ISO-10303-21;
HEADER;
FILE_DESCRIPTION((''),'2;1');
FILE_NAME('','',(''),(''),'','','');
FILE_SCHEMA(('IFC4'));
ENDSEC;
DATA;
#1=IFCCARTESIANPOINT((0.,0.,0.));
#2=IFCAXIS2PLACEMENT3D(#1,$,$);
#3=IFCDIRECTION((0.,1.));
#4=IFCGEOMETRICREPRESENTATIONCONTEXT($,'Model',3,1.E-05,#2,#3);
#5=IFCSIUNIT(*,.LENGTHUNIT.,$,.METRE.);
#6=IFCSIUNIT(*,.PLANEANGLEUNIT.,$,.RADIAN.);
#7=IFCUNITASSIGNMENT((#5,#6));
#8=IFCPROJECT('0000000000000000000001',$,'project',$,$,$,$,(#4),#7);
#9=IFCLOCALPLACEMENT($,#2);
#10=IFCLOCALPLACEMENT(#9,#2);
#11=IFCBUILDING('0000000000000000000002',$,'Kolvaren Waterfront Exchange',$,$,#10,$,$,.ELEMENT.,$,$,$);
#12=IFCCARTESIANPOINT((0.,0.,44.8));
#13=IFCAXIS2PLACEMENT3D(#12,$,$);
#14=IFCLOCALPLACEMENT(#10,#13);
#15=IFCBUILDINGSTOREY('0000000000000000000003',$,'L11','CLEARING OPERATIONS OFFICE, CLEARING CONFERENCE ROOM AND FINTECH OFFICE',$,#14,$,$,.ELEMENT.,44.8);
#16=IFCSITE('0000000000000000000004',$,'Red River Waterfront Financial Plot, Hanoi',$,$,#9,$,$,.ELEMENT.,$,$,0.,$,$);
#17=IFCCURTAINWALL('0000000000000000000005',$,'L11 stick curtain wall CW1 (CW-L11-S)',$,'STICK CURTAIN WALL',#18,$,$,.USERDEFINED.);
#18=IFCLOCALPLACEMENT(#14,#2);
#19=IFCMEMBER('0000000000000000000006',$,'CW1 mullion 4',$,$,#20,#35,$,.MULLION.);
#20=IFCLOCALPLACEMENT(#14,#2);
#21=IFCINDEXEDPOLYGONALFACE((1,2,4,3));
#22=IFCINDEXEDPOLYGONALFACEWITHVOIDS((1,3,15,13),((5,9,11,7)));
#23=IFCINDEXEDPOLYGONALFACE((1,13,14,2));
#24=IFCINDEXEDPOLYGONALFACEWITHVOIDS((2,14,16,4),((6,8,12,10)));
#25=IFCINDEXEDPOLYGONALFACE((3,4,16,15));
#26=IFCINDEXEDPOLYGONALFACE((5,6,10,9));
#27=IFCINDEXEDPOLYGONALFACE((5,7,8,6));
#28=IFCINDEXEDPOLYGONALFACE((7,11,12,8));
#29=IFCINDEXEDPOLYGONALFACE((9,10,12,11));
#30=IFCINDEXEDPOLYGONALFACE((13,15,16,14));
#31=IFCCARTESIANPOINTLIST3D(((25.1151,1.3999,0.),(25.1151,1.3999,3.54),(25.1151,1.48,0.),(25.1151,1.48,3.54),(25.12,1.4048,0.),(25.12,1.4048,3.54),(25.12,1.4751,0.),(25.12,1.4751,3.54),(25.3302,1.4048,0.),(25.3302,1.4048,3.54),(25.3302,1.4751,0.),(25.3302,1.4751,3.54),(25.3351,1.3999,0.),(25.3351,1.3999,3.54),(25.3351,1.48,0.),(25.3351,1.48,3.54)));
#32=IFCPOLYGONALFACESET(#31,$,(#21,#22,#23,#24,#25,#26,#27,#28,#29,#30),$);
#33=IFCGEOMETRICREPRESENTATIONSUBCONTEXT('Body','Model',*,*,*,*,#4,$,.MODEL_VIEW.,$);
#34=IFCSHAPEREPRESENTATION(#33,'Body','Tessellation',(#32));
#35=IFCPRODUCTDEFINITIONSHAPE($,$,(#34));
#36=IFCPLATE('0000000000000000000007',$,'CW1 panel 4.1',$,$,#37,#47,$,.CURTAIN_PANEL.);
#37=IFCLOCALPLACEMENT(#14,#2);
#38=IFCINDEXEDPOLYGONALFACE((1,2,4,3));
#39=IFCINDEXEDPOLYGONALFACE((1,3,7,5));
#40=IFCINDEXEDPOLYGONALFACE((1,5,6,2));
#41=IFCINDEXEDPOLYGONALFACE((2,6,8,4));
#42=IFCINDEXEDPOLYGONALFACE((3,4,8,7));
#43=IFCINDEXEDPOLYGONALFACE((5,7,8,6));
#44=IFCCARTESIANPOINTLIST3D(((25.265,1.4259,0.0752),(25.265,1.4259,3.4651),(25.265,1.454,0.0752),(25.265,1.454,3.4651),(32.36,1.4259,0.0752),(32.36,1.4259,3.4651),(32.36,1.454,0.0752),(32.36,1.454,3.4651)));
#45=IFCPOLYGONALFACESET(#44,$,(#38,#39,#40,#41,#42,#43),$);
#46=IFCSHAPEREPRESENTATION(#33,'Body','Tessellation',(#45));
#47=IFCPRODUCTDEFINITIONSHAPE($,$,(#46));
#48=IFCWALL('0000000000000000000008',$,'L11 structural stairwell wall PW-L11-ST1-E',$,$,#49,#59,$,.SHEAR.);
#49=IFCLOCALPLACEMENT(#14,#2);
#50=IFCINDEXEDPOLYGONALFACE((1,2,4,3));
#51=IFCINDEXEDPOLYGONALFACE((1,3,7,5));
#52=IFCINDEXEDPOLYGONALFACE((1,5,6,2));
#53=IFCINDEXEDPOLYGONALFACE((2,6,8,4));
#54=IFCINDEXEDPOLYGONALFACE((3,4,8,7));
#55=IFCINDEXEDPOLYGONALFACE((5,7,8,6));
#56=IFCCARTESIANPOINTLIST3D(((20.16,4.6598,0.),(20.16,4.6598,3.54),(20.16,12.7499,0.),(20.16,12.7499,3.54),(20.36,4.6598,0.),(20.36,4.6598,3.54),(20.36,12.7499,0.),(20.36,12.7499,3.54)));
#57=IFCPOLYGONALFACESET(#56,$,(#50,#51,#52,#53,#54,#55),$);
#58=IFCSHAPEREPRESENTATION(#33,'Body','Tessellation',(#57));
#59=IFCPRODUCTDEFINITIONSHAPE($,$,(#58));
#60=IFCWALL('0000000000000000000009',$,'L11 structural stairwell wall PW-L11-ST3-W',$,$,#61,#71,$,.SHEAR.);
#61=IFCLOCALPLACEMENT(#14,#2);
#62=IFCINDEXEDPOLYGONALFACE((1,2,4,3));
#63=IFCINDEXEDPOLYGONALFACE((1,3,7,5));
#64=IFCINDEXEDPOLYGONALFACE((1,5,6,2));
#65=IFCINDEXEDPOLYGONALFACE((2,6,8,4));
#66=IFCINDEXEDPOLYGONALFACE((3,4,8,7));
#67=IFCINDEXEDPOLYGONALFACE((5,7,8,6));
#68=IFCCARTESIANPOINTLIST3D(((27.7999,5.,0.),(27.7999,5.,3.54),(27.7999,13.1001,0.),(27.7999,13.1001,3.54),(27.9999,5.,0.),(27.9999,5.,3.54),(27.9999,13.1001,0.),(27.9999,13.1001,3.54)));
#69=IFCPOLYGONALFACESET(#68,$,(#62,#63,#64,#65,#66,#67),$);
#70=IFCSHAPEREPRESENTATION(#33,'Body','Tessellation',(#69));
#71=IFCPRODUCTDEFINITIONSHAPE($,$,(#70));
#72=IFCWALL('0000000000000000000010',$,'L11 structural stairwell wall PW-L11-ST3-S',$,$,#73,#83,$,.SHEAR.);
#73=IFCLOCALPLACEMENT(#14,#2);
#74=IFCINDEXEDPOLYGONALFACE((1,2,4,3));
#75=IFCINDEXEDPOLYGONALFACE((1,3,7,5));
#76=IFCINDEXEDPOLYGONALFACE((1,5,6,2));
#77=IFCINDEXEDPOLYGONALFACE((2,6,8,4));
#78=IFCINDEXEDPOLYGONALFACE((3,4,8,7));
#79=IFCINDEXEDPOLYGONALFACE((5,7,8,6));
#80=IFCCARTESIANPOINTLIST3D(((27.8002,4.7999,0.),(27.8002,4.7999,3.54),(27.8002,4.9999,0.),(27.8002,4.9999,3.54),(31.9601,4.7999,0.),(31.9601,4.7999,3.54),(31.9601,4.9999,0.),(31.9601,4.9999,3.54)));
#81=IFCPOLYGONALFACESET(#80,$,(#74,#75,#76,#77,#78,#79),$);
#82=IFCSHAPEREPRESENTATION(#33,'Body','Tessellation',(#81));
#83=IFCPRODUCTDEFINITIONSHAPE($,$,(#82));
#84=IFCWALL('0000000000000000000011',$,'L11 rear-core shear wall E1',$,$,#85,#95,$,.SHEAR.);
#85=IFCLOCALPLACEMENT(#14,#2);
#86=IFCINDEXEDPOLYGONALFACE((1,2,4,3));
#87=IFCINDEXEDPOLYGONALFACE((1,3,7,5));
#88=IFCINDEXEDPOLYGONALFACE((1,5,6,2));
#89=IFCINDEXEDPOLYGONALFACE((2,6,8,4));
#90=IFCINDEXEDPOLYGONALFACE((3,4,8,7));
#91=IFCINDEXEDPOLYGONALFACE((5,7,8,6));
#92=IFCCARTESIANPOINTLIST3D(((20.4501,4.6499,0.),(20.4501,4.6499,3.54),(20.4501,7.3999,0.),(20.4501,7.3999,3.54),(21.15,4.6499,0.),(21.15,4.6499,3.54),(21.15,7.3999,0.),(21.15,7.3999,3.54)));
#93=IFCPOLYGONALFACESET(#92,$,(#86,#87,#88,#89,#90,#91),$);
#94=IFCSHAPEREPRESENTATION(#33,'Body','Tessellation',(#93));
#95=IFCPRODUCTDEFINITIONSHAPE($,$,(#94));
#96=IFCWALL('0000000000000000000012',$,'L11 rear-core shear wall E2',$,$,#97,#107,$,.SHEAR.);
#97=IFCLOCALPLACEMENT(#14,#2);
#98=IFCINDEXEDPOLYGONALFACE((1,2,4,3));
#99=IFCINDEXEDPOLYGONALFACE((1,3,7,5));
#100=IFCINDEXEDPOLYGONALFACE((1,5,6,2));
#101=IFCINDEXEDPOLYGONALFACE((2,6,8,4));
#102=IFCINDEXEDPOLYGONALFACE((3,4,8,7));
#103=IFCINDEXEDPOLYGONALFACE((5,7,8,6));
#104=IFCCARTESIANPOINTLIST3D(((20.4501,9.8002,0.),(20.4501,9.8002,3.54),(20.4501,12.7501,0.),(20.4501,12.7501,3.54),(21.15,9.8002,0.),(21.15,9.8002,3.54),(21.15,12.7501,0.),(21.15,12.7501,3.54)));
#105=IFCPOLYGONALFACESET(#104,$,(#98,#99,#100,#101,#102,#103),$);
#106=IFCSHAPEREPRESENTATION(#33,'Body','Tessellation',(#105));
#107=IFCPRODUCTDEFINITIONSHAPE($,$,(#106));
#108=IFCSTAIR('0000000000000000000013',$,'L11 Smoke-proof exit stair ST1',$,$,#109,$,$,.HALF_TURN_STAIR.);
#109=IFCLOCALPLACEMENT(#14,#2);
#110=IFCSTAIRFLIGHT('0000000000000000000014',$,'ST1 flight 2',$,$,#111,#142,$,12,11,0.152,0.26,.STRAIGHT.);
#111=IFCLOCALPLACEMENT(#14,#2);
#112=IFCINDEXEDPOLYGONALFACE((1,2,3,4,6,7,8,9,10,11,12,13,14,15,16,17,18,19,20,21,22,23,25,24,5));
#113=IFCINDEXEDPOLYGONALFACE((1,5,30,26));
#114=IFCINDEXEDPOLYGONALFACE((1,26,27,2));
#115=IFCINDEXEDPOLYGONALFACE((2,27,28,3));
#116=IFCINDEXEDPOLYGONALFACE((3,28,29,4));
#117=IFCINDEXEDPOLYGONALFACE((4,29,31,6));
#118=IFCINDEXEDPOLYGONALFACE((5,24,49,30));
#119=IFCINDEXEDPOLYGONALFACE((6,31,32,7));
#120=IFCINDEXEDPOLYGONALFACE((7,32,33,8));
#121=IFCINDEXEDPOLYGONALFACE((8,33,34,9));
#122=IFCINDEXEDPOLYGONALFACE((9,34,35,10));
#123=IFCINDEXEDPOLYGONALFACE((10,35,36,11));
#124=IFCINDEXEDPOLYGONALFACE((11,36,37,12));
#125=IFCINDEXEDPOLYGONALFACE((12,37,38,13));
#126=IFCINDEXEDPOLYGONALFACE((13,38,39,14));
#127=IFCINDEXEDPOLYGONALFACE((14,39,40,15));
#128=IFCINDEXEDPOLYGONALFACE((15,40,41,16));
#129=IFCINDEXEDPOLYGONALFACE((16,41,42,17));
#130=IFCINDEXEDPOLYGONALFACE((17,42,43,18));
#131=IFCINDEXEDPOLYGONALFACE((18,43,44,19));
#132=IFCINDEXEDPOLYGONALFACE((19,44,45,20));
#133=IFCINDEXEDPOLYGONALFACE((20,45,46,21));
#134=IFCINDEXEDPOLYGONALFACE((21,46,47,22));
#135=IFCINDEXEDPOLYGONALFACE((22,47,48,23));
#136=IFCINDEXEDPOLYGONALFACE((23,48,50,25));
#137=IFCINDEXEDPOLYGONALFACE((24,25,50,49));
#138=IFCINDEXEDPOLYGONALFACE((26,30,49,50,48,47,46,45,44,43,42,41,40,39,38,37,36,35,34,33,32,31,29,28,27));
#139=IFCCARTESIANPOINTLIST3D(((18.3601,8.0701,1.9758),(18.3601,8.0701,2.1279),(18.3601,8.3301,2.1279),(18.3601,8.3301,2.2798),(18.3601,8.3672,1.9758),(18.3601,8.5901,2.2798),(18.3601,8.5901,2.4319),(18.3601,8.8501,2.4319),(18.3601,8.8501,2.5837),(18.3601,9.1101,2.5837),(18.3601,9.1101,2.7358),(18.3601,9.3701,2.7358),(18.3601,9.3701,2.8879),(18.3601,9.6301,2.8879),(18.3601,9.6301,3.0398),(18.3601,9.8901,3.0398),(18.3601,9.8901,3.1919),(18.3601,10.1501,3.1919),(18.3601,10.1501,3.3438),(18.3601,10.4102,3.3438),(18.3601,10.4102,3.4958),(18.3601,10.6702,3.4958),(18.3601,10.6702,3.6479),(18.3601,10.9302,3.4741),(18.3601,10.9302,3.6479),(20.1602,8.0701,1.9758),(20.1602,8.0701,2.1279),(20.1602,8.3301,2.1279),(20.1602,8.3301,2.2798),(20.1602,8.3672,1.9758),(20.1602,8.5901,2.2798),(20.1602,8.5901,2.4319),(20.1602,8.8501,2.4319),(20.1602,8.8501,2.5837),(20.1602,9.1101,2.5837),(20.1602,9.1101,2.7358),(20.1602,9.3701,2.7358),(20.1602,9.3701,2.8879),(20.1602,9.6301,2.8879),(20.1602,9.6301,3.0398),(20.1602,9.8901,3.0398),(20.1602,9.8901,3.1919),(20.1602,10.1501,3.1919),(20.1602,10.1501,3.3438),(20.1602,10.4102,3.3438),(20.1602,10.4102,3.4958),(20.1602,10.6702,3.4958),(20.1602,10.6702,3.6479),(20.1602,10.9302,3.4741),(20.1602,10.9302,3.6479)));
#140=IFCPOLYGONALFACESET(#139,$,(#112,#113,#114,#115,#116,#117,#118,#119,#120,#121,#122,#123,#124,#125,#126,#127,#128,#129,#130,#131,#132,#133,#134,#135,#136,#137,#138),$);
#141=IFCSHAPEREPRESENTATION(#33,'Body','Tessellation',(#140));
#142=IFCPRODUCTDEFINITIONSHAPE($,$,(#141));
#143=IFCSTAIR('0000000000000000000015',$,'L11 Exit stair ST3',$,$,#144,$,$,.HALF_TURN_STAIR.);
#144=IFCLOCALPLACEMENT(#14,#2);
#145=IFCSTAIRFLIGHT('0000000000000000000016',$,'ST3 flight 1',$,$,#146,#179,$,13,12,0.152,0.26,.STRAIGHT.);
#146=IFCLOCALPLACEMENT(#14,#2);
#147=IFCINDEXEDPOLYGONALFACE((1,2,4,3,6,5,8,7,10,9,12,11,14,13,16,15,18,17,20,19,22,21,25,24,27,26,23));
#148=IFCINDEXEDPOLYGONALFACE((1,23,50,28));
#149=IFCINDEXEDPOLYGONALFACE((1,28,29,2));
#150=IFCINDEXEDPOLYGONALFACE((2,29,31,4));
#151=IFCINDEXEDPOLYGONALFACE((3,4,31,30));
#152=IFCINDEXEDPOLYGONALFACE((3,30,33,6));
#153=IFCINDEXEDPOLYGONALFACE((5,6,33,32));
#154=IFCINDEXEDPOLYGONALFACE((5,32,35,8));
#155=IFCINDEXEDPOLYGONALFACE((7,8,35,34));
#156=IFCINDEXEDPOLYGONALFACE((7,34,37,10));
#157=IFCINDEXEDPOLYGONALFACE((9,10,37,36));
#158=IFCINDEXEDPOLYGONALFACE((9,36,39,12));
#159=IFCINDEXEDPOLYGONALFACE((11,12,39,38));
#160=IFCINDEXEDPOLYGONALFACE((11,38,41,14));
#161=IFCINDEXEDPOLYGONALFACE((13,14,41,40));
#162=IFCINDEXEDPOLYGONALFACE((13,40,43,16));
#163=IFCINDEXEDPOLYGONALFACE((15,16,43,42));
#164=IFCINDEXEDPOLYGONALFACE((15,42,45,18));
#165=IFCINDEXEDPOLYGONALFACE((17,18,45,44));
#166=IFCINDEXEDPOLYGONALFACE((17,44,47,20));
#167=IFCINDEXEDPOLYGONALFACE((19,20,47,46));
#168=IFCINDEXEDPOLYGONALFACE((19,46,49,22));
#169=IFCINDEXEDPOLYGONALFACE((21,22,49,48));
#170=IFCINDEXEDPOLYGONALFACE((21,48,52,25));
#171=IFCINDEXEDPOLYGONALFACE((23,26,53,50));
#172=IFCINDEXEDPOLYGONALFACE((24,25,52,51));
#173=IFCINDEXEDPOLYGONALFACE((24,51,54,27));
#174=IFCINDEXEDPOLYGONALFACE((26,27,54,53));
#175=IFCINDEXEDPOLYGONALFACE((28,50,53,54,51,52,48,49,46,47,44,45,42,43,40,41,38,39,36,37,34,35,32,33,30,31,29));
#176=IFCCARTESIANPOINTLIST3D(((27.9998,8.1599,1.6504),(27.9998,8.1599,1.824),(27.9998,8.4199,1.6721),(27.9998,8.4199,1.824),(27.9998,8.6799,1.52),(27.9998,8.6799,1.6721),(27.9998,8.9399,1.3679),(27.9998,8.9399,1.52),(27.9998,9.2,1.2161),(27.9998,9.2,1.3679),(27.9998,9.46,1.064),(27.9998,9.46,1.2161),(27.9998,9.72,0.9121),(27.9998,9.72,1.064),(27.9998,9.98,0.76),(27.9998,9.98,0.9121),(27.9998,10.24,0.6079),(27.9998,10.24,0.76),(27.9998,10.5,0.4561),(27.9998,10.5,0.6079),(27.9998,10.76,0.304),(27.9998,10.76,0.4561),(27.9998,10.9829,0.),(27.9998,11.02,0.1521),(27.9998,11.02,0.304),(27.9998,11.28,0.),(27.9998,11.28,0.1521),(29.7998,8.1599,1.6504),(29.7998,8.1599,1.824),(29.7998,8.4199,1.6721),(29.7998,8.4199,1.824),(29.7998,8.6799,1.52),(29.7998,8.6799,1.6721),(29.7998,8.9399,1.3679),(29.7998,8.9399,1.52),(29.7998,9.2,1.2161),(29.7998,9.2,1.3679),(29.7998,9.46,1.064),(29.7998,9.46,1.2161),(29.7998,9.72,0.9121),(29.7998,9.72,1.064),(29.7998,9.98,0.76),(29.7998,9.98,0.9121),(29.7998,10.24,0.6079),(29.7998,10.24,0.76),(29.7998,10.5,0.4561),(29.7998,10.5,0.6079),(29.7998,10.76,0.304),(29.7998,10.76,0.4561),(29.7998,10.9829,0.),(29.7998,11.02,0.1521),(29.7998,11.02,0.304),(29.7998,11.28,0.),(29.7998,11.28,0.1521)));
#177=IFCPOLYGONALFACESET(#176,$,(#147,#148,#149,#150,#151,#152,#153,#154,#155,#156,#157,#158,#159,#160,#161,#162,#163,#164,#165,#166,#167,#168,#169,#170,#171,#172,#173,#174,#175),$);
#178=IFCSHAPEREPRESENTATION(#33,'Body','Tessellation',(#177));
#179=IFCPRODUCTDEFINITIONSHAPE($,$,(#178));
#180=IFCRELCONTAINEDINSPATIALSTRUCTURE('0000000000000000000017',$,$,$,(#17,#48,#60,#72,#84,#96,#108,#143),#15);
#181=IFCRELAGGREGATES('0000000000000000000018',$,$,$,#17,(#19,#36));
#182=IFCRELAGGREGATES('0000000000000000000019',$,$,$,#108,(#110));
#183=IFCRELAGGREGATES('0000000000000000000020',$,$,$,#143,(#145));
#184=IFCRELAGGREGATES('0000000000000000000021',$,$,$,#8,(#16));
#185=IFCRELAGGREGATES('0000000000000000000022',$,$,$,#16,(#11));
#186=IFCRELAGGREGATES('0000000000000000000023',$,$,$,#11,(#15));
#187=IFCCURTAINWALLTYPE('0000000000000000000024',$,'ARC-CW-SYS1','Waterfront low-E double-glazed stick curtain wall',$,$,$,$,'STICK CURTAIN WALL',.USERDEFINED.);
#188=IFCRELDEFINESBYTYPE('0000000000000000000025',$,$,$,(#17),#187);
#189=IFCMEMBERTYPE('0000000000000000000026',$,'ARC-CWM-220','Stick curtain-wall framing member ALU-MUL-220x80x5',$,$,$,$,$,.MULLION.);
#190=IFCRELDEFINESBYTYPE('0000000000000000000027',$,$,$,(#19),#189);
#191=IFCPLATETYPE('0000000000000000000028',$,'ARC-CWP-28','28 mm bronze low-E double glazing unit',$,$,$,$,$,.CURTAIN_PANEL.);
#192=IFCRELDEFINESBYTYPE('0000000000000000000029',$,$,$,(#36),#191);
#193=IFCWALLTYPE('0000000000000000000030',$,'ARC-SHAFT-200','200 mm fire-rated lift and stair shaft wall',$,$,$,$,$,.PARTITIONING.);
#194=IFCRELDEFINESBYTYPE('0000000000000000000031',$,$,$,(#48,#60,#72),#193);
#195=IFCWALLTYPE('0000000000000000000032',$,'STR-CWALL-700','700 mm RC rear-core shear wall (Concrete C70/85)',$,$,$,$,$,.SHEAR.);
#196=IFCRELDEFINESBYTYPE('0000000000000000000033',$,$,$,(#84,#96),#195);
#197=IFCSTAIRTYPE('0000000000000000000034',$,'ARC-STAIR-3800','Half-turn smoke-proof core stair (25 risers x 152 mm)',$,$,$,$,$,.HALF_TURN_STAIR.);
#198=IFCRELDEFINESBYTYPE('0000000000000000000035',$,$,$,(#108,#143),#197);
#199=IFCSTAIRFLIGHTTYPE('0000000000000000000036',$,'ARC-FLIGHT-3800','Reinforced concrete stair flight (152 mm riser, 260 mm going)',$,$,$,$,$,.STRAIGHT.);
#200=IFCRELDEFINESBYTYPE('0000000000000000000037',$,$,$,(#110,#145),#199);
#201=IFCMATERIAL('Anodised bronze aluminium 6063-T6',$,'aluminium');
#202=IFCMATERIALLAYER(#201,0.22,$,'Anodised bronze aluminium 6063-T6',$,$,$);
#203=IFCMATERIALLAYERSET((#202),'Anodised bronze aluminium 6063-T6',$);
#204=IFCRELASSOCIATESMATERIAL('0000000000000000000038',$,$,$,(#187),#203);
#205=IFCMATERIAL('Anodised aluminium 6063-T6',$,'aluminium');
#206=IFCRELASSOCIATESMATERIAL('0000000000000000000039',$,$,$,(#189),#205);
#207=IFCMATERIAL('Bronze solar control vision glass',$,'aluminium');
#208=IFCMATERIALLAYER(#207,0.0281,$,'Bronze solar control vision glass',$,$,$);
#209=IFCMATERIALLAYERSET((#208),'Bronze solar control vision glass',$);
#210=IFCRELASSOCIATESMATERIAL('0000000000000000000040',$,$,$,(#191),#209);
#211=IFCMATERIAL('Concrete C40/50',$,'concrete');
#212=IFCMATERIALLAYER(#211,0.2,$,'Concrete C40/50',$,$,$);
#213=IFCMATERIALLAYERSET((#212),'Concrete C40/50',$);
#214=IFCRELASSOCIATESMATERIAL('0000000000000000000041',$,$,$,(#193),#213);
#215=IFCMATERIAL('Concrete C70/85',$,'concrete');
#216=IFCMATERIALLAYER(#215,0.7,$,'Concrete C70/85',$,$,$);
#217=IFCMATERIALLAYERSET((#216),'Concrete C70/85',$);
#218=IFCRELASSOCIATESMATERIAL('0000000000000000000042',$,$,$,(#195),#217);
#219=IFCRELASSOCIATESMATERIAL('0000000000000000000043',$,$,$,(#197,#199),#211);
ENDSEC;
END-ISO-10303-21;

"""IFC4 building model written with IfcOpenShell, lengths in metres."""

from ifc_helpers import new_model, si_unit, direction, frame, frame_2d, origin, origin_with_axes, origin_2d, place, context, subcontext, project, spatial, polyline, rectangle, hollow_rectangle, outline, extrude, source, transform, mapped, material, layer, layer_set, material_profile, profile_set, type_object, element, aggregate, save


model = new_model("IFC4")

# Units and contexts
model_context = context("Model", 3, precision=1e-05, world=origin(), true_north=direction((0.0, 1.0)))
body_context = subcontext(model_context, "Body", "Model", "MODEL_VIEW")
ifc_project = project(units=[si_unit("LENGTHUNIT", "METRE"), si_unit("PLANEANGLEUNIT", "RADIAN")], contexts=[model_context])

# Site, building, storey
site_placement = place(None, origin())
site = spatial("IfcSite", under=ifc_project, at=site_placement, Name="Red River Waterfront Financial Plot, Hanoi", CompositionType="ELEMENT", RefElevation=0.0)
building_placement = place(site_placement, origin())
building = spatial("IfcBuilding", under=site, at=building_placement, Name="Kolvaren Waterfront Exchange", CompositionType="ELEMENT")
storey_placement = place(building_placement, frame((0.0, 0.0, 44.8)))
storey = spatial("IfcBuildingStorey", under=building, at=storey_placement, Name="L11", Description="CLEARING OPERATIONS OFFICE, CLEARING CONFERENCE ROOM AND FINTECH OFFICE", CompositionType="ELEMENT", Elevation=44.8)

# Shared definitions
ifc_material_1 = material(Name="Concrete C70/85", Category="concrete")

# Curtain wall, member, plate
ifc_material_2 = material(Name="Anodised bronze aluminium 6063-T6", Category="aluminium")
ifc_layer_1 = layer(ifc_material_2, 0.22, Name="Anodised bronze aluminium 6063-T6")
ifc_layer_set_1 = layer_set([ifc_layer_1], Name="Anodised bronze aluminium 6063-T6")
curtain_wall_type = type_object("IfcCurtainWallType", Name="ARC-CW-SYS1", Description="Waterfront low-E double-glazed stick curtain wall", ElementType="STICK CURTAIN WALL", PredefinedType="USERDEFINED", material=ifc_layer_set_1)
curtain_wall_placement = place(storey_placement, origin())
curtain_wall = element("IfcCurtainWall", 1, at=curtain_wall_placement, inside=storey, type_object=curtain_wall_type, Name="L11 stick curtain wall CW1 (CW-L11-S)", ObjectType="STICK CURTAIN WALL", PredefinedType="USERDEFINED")
ifc_material_3 = material(Name="Anodised aluminium 6063-T6", Category="aluminium")
ifc_material_profile_1 = material_profile(ifc_material_3, hollow_rectangle(XDim=0.0801, YDim=0.22, WallThickness=0.0049, at=origin_2d()), Name="ALU-MUL-220x80x5")
ifc_profile_set_1 = profile_set([ifc_material_profile_1], Name="Anodised aluminium 6063-T6")
member_type_1 = type_object("IfcMemberType", Name="ARC-CWM-220", Description="Stick curtain-wall framing member ALU-MUL-220x80x5", PredefinedType="MULLION", material=ifc_profile_set_1)
shared_shape_1 = source(origin_with_axes(), body_context, "Body", "SweptSolid", [
    extrude(hollow_rectangle(XDim=0.0801, YDim=0.22, WallThickness=0.0049, at=origin_2d()), origin(), (0.0, 0.0, 1.0), 3.54),
])
member_1_placement = place(storey_placement, frame((25.2251, 1.4399, 0.0), z_axis=(0.0, 0.0, 1.0), x_axis=(0.0, 1.0, 0.0)))
member_1 = element("IfcMember", 2, at=member_1_placement, type_object=member_type_1, Name="CW1 mullion 4", PredefinedType="MULLION", context=body_context, shape_type="MappedRepresentation", body=[
    mapped(shared_shape_1, transform((0.0, 0.0, 0.0), x_axis=(1.0, 0.0, 0.0), y_axis=(0.0, 1.0, 0.0), z_axis=(0.0, 0.0, 1.0), scale=1.0)),
])
ifc_material_4 = material(Name="Bronze solar control vision glass", Category="aluminium")
ifc_layer_2 = layer(ifc_material_4, 0.0281, Name="Bronze solar control vision glass")
ifc_layer_set_2 = layer_set([ifc_layer_2], Name="Bronze solar control vision glass")
plate_type = type_object("IfcPlateType", Name="ARC-CWP-28", Description="28 mm bronze low-E double glazing unit", PredefinedType="CURTAIN_PANEL", material=ifc_layer_set_2)
shared_shape_2 = source(origin_with_axes(), body_context, "Body", "SweptSolid", [
    extrude(rectangle(XDim=7.095, YDim=0.0281, at=origin_2d()), origin(), (0.0, 0.0, 1.0), 3.3899),
])
plate_placement = place(storey_placement, frame((28.8125, 1.4399, 0.0752), z_axis=(0.0, 0.0, 1.0), x_axis=(1.0, 0.0, 0.0)))
plate = element("IfcPlate", 3, at=plate_placement, type_object=plate_type, Name="CW1 panel 4.1", PredefinedType="CURTAIN_PANEL", context=body_context, shape_type="MappedRepresentation", body=[
    mapped(shared_shape_2, transform((0.0, 0.0, 0.0), x_axis=(1.0, 0.0, 0.0), y_axis=(0.0, 1.0, 0.0), z_axis=(0.0, 0.0, 1.0), scale=1.0)),
])
aggregate(curtain_wall, [member_1, plate])

# Walls
ifc_material_5 = material(Name="Concrete C40/50", Category="concrete")
ifc_layer_3 = layer(ifc_material_5, 0.2, Name="Concrete C40/50")
ifc_layer_set_3 = layer_set([ifc_layer_3], Name="Concrete C40/50")
wall_type_1 = type_object("IfcWallType", Name="ARC-SHAFT-200", Description="200 mm fire-rated lift and stair shaft wall", PredefinedType="PARTITIONING", material=ifc_layer_set_3)
wall_1_placement = place(storey_placement, frame((20.26, 4.6599, 0.0), z_axis=(0.0, 0.0, 1.0), x_axis=(0.0, 1.0, 0.0)))
element("IfcWall", 4, at=wall_1_placement, inside=storey, type_object=wall_type_1, Name="L11 structural stairwell wall PW-L11-ST1-E", PredefinedType="SHEAR", context=body_context, shape_type="SweptSolid", body=[
    extrude(rectangle(XDim=8.0901, YDim=0.2, at=frame_2d((4.0449, 0.0))), origin(), (0.0, 0.0, 1.0), 3.54),
])
wall_2_placement = place(storey_placement, frame((27.8999, 5.0, 0.0), z_axis=(0.0, 0.0, 1.0), x_axis=(0.0, 1.0, 0.0)))
element("IfcWall", 5, at=wall_2_placement, inside=storey, type_object=wall_type_1, Name="L11 structural stairwell wall PW-L11-ST3-W", PredefinedType="SHEAR", context=body_context, shape_type="SweptSolid", body=[
    extrude(rectangle(XDim=8.1001, YDim=0.2, at=frame_2d((4.05, 0.0))), origin(), (0.0, 0.0, 1.0), 3.54),
])
wall_3_placement = place(storey_placement, frame((27.8, 4.8999, 0.0), z_axis=(0.0, 0.0, 1.0), x_axis=(1.0, 0.0, 0.0)))
element("IfcWall", 6, at=wall_3_placement, inside=storey, type_object=wall_type_1, Name="L11 structural stairwell wall PW-L11-ST3-S", PredefinedType="SHEAR", context=body_context, shape_type="SweptSolid", body=[
    extrude(rectangle(XDim=4.1599, YDim=0.2, at=frame_2d((2.0801, 0.0))), origin(), (0.0, 0.0, 1.0), 3.54),
])
ifc_layer_4 = layer(ifc_material_1, 0.7, Name="Concrete C70/85")
ifc_layer_set_4 = layer_set([ifc_layer_4], Name="Concrete C70/85")
wall_type_2 = type_object("IfcWallType", Name="STR-CWALL-700", Description="700 mm RC rear-core shear wall (Concrete C70/85)", PredefinedType="SHEAR", material=ifc_layer_set_4)
wall_4_placement = place(storey_placement, frame((20.8, 4.6499, 0.0), z_axis=(0.0, 0.0, 1.0), x_axis=(0.0, 1.0, 0.0)))
element("IfcWall", 7, at=wall_4_placement, inside=storey, type_object=wall_type_2, Name="L11 rear-core shear wall E1", PredefinedType="SHEAR", context=body_context, shape_type="SweptSolid", body=[
    extrude(rectangle(XDim=2.75, YDim=0.7, at=frame_2d((1.375, 0.0))), origin(), (0.0, 0.0, 1.0), 3.54),
])
wall_5_placement = place(storey_placement, frame((20.8, 9.8, 0.0), z_axis=(0.0, 0.0, 1.0), x_axis=(0.0, 1.0, 0.0)))
element("IfcWall", 8, at=wall_5_placement, inside=storey, type_object=wall_type_2, Name="L11 rear-core shear wall E2", PredefinedType="SHEAR", context=body_context, shape_type="SweptSolid", body=[
    extrude(rectangle(XDim=2.95, YDim=0.7, at=frame_2d((1.4751, 0.0))), origin(), (0.0, 0.0, 1.0), 3.54),
])

# Stairs, stair flights
stair_type = type_object("IfcStairType", Name="ARC-STAIR-3800", Description="Half-turn smoke-proof core stair (25 risers x 152 mm)", PredefinedType="HALF_TURN_STAIR", material=ifc_material_5)
stair_1_placement = place(storey_placement, origin())
stair_1 = element("IfcStair", 9, at=stair_1_placement, inside=storey, type_object=stair_type, Name="L11 Smoke-proof exit stair ST1", PredefinedType="HALF_TURN_STAIR")
stair_flight_type = type_object("IfcStairFlightType", Name="ARC-FLIGHT-3800", Description="Reinforced concrete stair flight (152 mm riser, 260 mm going)", PredefinedType="STRAIGHT", material=ifc_material_5)
stair_flight_1_placement = place(storey_placement, frame((19.26, 8.0701, 1.9758), z_axis=(0.0, 0.0, 1.0), x_axis=(0.0, 1.0, 0.0)))
stair_flight_1 = element("IfcStairFlight", 10, at=stair_flight_1_placement, type_object=stair_flight_type, Name="ST1 flight 2", NumberOfRisers=12, NumberOfTreads=11, PredefinedType="STRAIGHT", RiserHeight=0.152, TreadLength=0.26, context=body_context, shape_type="SweptSolid", body=[
    extrude(outline(polyline([(0.0, 0.0), (0.0, 0.1521), (0.26, 0.1521), (0.26, 0.304), (0.52, 0.304), (0.52, 0.4561), (0.78, 0.4561), (0.78, 0.6079), (1.04, 0.6079), (1.04, 0.76), (1.3, 0.76), (1.3, 0.9121), (1.5601, 0.9121), (1.5601, 1.064), (1.8201, 1.064), (1.8201, 1.2161), (2.0801, 1.2161), (2.0801, 1.3679), (2.3401, 1.3679), (2.3401, 1.52), (2.6001, 1.52), (2.6001, 1.6721), (2.8601, 1.6721), (2.8601, 1.824), (2.8601, 1.4983), (0.2971, 0.0), (0.0, 0.0)])), frame((0.0, 0.8999, 0.0), z_axis=(0.0, -1.0, 0.0), x_axis=(1.0, 0.0, 0.0)), (0.0, 0.0, 1.0), 1.8),
])
aggregate(stair_1, [stair_flight_1])
stair_2_placement = place(storey_placement, origin())
stair_2 = element("IfcStair", 11, at=stair_2_placement, inside=storey, type_object=stair_type, Name="L11 Exit stair ST3", PredefinedType="HALF_TURN_STAIR")
stair_flight_2_placement = place(storey_placement, frame((28.8999, 11.28, 0.0), z_axis=(0.0, 0.0, 1.0), x_axis=(0.0, -1.0, 0.0)))
stair_flight_2 = element("IfcStairFlight", 12, at=stair_flight_2_placement, type_object=stair_flight_type, Name="ST3 flight 1", NumberOfRisers=13, NumberOfTreads=12, PredefinedType="STRAIGHT", RiserHeight=0.152, TreadLength=0.26, context=body_context, shape_type="SweptSolid", body=[
    extrude(outline(polyline([(0.0, 0.0), (0.0, 0.1521), (0.26, 0.1521), (0.26, 0.304), (0.52, 0.304), (0.52, 0.4561), (0.78, 0.4561), (0.78, 0.6079), (1.04, 0.6079), (1.04, 0.76), (1.3, 0.76), (1.3, 0.9121), (1.5601, 0.9121), (1.5601, 1.064), (1.8201, 1.064), (1.8201, 1.2161), (2.0801, 1.2161), (2.0801, 1.3679), (2.3401, 1.3679), (2.3401, 1.52), (2.6001, 1.52), (2.6001, 1.6721), (2.8601, 1.6721), (2.8601, 1.824), (3.1201, 1.824), (3.1201, 1.9761), (3.1201, 1.6504), (0.2971, 0.0), (0.0, 0.0)])), frame((0.0, 0.8999, 0.0), z_axis=(0.0, -1.0, 0.0), x_axis=(1.0, 0.0, 0.0)), (0.0, 0.0, 1.0), 1.8),
])
aggregate(stair_2, [stair_flight_2])

save(model, "model.ifc")
